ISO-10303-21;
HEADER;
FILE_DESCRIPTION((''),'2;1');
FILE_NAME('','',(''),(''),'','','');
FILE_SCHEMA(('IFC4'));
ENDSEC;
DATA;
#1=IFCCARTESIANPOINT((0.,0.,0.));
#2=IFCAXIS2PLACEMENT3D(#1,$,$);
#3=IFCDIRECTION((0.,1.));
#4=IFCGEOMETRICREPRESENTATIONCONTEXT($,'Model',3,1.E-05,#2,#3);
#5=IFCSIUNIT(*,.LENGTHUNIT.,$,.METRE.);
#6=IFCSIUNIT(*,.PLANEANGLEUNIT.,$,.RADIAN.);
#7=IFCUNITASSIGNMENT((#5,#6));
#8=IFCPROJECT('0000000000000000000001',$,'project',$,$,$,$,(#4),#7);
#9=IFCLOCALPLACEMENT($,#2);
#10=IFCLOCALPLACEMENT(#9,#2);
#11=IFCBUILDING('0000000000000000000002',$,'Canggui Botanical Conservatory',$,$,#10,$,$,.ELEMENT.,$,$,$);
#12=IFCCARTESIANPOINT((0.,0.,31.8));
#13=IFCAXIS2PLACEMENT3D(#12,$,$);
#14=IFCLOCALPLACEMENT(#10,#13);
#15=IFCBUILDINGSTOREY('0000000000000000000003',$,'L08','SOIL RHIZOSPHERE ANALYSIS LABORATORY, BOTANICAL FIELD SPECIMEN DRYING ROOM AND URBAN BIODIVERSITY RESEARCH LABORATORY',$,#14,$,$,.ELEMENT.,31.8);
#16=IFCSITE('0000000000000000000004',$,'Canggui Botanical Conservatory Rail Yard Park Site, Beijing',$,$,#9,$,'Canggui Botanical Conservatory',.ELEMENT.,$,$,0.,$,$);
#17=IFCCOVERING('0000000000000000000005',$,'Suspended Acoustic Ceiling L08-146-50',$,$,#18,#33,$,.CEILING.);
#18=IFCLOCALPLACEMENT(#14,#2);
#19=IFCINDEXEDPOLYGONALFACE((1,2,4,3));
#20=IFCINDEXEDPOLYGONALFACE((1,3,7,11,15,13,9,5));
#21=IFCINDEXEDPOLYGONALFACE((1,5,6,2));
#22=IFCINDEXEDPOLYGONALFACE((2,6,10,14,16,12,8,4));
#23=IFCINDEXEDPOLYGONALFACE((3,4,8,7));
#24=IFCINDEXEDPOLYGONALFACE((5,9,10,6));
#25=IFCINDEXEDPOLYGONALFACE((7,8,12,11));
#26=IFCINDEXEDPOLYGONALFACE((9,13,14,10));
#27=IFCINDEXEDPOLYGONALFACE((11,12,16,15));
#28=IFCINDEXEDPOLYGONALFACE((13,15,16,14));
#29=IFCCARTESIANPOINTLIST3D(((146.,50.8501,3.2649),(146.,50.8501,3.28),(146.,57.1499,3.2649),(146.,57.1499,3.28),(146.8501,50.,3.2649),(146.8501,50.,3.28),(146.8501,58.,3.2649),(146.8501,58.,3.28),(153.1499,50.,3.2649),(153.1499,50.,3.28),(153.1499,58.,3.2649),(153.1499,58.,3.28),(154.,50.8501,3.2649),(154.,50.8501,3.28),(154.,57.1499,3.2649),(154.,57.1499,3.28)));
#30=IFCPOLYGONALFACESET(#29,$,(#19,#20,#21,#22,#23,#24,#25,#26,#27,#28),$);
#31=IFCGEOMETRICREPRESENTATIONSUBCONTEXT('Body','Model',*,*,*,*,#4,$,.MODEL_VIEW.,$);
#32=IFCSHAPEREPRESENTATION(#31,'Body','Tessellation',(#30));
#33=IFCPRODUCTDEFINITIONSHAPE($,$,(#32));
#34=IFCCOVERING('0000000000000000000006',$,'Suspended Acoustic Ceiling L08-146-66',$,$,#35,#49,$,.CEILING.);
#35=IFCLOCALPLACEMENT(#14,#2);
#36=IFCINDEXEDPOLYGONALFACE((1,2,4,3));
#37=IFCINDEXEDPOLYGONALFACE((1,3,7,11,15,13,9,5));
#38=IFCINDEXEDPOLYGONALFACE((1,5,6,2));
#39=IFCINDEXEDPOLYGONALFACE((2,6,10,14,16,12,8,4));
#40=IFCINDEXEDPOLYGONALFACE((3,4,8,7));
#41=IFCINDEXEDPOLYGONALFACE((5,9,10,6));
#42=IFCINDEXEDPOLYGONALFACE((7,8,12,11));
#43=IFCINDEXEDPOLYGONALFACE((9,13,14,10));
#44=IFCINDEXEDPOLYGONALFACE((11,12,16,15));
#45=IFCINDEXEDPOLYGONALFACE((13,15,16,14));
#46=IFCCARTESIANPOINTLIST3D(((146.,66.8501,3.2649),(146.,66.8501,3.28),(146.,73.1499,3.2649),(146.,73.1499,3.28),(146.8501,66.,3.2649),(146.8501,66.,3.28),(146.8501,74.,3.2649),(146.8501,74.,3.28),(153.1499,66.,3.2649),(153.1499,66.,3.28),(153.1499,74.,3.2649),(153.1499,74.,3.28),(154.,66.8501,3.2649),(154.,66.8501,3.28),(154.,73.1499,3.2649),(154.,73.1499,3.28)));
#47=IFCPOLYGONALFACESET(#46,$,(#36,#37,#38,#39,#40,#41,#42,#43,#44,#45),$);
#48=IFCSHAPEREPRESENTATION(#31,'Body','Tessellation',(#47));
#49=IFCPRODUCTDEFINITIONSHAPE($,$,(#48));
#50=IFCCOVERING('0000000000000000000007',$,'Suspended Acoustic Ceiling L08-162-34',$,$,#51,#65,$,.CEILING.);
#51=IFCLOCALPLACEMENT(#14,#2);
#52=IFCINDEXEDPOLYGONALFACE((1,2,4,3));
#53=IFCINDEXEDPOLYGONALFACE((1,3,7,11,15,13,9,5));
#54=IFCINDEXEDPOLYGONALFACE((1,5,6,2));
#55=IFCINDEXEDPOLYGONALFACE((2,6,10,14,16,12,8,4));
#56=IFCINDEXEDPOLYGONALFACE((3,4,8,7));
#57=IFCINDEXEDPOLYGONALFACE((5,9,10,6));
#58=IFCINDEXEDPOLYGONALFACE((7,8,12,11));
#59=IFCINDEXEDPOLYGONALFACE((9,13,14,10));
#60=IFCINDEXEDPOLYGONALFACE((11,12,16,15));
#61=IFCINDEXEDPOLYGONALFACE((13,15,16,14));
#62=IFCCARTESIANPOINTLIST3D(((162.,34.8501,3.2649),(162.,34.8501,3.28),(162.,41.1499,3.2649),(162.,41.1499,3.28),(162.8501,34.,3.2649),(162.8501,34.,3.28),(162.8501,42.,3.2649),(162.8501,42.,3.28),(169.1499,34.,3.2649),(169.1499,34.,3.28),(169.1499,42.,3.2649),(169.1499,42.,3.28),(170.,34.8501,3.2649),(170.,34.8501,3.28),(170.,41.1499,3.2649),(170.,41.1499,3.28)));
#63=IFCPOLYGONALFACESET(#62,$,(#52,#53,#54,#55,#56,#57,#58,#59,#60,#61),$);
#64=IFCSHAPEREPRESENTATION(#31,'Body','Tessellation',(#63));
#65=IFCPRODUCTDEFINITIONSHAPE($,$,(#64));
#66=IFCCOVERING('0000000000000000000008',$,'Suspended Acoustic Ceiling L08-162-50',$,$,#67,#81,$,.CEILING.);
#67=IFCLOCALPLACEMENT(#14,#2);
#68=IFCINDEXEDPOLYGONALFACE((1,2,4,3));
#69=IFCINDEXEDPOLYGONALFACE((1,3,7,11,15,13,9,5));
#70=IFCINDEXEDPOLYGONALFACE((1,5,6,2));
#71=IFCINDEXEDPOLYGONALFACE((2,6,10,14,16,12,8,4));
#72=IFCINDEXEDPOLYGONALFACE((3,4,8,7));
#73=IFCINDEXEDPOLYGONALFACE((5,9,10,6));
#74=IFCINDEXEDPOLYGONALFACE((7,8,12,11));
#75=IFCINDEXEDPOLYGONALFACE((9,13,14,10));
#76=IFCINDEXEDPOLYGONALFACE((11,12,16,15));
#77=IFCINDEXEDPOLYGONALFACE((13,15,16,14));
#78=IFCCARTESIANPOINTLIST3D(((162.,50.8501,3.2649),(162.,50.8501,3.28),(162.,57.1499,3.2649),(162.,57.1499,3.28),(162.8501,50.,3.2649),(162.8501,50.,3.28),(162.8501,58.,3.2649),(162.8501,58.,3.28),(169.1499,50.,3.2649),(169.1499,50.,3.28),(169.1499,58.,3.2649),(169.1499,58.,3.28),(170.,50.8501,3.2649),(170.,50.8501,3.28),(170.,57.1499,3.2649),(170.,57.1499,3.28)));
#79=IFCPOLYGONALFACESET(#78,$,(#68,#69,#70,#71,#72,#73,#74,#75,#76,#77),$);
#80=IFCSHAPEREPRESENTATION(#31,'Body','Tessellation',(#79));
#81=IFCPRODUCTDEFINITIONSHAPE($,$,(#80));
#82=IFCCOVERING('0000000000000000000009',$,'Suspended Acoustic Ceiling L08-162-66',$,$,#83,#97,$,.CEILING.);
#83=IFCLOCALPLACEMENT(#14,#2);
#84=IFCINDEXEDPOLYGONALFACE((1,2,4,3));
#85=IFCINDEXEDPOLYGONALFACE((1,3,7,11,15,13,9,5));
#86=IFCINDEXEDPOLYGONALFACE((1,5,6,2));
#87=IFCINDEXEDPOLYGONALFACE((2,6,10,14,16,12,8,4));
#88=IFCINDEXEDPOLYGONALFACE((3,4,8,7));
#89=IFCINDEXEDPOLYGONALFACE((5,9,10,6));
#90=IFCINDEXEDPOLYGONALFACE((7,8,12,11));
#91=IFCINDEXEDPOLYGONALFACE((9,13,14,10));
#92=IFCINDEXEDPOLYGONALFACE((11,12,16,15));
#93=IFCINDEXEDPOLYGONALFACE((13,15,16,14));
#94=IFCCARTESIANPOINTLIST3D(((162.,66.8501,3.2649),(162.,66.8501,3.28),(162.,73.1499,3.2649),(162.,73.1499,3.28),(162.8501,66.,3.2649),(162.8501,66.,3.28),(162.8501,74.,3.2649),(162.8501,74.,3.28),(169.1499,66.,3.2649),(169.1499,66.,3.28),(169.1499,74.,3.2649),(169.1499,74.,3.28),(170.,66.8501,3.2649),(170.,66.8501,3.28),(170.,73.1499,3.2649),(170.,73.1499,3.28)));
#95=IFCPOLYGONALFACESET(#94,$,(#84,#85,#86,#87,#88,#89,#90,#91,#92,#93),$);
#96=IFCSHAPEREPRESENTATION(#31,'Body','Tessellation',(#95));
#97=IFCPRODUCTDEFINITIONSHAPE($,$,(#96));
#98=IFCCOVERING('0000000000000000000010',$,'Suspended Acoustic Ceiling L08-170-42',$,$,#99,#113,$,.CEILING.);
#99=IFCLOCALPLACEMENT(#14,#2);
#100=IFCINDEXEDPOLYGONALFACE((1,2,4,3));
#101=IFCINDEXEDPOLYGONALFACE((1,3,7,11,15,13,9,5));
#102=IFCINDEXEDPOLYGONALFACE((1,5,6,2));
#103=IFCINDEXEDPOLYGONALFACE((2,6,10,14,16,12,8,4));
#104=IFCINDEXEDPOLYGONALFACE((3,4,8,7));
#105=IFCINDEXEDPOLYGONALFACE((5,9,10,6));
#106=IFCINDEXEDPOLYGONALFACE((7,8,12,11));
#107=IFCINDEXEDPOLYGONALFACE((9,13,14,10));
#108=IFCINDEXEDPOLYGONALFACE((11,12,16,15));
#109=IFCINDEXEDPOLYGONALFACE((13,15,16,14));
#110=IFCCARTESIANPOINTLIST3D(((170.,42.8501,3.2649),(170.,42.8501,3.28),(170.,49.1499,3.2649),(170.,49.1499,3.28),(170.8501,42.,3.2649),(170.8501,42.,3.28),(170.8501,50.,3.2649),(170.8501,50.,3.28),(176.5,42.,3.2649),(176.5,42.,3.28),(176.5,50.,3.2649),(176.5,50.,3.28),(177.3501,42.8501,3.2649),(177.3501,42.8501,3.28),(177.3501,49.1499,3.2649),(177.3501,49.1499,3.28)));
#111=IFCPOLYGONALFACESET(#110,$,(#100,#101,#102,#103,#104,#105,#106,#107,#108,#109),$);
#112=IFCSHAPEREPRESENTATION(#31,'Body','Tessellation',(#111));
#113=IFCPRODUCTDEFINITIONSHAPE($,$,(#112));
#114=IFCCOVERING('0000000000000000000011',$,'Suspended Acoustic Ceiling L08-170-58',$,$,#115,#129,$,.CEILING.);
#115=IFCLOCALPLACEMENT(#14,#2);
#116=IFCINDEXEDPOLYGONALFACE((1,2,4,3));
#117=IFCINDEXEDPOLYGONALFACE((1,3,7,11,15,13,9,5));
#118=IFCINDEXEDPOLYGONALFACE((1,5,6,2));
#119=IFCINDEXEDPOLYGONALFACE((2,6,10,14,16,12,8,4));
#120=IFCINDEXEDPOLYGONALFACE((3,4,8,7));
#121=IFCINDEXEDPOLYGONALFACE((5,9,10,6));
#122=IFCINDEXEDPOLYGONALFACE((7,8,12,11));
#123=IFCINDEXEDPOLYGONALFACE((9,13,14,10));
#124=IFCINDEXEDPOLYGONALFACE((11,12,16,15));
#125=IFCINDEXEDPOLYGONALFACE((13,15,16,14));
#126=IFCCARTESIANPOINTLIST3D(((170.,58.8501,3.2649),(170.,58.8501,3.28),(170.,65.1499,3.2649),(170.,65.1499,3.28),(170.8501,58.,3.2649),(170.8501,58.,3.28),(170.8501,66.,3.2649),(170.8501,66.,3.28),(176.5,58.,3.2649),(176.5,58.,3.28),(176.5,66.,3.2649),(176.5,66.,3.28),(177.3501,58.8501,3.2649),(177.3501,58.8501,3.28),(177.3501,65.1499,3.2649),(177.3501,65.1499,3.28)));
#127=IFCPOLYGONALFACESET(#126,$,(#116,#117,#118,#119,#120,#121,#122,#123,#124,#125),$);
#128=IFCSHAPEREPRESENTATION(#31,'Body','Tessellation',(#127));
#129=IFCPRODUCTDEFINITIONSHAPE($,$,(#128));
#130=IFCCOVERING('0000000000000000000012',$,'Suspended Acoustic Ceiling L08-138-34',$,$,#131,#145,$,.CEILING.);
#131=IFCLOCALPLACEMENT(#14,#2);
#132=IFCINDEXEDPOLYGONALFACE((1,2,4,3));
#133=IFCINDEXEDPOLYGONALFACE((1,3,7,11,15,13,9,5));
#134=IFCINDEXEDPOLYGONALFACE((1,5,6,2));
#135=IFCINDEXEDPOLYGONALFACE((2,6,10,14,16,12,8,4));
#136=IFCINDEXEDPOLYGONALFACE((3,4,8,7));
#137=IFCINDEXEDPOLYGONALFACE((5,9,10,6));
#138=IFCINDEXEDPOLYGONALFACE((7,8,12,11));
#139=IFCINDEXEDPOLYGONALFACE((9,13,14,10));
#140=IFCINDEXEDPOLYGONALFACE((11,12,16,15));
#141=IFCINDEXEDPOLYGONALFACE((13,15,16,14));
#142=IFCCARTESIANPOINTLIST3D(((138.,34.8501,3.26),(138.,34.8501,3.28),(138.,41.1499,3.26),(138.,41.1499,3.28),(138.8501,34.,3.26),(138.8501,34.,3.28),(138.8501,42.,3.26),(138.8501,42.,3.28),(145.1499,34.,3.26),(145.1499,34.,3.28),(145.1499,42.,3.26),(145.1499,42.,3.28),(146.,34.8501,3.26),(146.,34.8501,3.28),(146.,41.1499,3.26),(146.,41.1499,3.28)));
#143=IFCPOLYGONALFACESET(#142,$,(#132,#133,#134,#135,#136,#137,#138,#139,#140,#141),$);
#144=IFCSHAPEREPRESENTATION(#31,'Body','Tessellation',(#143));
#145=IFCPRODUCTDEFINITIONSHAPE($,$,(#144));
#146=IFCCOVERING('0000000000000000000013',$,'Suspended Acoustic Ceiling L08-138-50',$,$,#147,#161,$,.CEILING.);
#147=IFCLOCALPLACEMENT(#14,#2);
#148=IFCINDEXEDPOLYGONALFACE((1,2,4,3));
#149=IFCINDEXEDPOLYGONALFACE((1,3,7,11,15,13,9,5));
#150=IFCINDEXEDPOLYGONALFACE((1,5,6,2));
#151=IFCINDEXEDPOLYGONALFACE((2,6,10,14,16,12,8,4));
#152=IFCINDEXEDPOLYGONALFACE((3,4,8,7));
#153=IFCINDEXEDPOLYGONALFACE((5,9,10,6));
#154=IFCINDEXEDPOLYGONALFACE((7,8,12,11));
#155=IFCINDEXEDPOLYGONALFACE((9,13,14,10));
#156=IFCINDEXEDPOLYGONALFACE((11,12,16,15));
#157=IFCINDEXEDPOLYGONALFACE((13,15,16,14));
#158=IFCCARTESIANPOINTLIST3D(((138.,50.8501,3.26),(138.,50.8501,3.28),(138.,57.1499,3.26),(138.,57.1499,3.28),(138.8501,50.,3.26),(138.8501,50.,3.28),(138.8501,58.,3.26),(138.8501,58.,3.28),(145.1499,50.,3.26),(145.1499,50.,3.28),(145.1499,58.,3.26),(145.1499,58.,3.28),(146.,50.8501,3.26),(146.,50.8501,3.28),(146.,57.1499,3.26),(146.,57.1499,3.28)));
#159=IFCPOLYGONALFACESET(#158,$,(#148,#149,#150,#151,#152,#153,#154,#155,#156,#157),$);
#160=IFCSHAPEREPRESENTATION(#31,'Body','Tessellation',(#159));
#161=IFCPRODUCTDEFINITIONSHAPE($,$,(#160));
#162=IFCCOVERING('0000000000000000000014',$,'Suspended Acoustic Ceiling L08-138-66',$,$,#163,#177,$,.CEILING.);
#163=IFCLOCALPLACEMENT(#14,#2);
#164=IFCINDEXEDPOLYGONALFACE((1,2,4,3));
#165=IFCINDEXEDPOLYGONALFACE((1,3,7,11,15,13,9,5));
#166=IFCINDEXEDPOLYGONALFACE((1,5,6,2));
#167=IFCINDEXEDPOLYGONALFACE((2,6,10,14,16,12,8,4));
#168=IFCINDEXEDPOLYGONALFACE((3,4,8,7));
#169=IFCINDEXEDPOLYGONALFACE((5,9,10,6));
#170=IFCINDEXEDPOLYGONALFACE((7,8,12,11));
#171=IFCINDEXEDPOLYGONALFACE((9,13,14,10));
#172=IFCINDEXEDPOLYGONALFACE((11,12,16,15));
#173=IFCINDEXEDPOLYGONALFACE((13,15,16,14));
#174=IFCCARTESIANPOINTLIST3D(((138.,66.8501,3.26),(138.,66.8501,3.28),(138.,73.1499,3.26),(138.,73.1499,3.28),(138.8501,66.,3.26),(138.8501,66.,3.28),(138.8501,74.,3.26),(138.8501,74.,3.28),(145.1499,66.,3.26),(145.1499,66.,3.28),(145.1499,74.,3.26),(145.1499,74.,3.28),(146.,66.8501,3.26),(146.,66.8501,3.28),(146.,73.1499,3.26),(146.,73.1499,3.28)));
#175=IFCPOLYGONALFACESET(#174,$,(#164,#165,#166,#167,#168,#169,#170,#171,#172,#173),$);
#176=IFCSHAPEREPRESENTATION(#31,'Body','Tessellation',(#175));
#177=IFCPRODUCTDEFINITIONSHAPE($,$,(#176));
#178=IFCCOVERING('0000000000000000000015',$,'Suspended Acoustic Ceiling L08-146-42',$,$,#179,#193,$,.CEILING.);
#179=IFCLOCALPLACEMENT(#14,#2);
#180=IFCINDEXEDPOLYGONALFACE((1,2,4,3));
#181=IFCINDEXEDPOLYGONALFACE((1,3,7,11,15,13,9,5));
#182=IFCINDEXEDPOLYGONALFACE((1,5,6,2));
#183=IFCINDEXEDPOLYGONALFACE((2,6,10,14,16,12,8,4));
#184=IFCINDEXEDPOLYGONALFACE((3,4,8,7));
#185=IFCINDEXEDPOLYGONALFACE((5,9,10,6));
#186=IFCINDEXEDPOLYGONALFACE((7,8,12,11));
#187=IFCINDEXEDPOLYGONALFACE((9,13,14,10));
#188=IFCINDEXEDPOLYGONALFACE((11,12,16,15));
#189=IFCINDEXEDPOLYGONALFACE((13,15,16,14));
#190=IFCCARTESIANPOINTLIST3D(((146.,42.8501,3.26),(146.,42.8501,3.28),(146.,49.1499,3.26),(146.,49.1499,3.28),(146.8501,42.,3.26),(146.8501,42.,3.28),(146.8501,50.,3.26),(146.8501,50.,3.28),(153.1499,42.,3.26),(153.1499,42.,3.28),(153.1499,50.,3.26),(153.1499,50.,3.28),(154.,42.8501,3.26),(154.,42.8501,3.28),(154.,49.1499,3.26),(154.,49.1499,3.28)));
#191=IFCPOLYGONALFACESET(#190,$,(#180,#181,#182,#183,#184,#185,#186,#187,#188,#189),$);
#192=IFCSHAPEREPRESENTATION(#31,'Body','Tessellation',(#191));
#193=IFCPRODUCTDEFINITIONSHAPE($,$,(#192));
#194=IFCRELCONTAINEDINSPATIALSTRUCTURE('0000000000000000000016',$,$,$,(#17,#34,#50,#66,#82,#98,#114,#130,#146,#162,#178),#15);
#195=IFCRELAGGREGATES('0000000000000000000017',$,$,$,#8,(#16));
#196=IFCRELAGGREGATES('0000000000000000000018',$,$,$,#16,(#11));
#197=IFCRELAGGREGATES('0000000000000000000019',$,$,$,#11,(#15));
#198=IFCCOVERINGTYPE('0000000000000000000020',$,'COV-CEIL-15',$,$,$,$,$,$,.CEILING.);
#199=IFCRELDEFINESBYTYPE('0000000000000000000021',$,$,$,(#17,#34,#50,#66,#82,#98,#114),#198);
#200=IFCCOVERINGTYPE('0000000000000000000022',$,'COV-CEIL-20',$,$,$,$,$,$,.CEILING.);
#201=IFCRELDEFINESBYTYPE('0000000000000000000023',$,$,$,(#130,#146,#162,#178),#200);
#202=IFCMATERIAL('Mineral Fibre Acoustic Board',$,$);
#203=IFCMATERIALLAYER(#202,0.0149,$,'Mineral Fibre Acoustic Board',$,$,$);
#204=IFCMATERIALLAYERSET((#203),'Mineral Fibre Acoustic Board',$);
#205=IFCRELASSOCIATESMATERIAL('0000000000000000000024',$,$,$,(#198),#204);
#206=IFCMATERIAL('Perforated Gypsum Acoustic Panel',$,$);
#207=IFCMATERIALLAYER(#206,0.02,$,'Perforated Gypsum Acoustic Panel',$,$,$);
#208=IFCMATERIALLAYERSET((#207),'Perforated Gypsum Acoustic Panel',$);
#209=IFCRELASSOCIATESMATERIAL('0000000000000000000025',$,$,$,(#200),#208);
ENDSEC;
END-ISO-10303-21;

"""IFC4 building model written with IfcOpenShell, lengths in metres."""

from ifc_helpers import new_model, si_unit, direction, frame, origin, place, context, subcontext, project, spatial, polyline, outline, extrude, material, layer, layer_set, type_object, element, save


model = new_model("IFC4")

# Units and contexts
model_context = context("Model", 3, precision=1e-05, world=origin(), true_north=direction((0.0, 1.0)))
body_context = subcontext(model_context, "Body", "Model", "MODEL_VIEW")
ifc_project = project(units=[si_unit("LENGTHUNIT", "METRE"), si_unit("PLANEANGLEUNIT", "RADIAN")], contexts=[model_context])

# Site, building, storey
site_placement = place(None, origin())
site = spatial("IfcSite", under=ifc_project, at=site_placement, Name="Canggui Botanical Conservatory Rail Yard Park Site, Beijing", LongName="Canggui Botanical Conservatory", CompositionType="ELEMENT", RefElevation=0.0)
building_placement = place(site_placement, origin())
building = spatial("IfcBuilding", under=site, at=building_placement, Name="Canggui Botanical Conservatory", CompositionType="ELEMENT")
storey_placement = place(building_placement, frame((0.0, 0.0, 31.8)))
storey = spatial("IfcBuildingStorey", under=building, at=storey_placement, Name="L08", Description="SOIL RHIZOSPHERE ANALYSIS LABORATORY, BOTANICAL FIELD SPECIMEN DRYING ROOM AND URBAN BIODIVERSITY RESEARCH LABORATORY", CompositionType="ELEMENT", Elevation=31.8)

# Coverings
ifc_material_1 = material(Name="Mineral Fibre Acoustic Board")
ifc_layer_1 = layer(ifc_material_1, 0.0149, Name="Mineral Fibre Acoustic Board")
ifc_layer_set_1 = layer_set([ifc_layer_1], Name="Mineral Fibre Acoustic Board")
covering_type_1 = type_object("IfcCoveringType", Name="COV-CEIL-15", PredefinedType="CEILING", material=ifc_layer_set_1)
covering_1_placement = place(storey_placement, frame((0.0, 0.0, 3.2649)))
element("IfcCovering", 1, at=covering_1_placement, inside=storey, type_object=covering_type_1, Name="Suspended Acoustic Ceiling L08-146-50", PredefinedType="CEILING", context=body_context, shape_type="SweptSolid", body=[
    extrude(outline(polyline([(146.8501, 50.0), (153.1499, 50.0), (154.0, 50.8501), (154.0, 57.1499), (153.1499, 58.0), (146.8501, 58.0), (146.0, 57.1499), (146.0, 50.8501), (146.8501, 50.0)])), origin(), (0.0, 0.0, 1.0), 0.0151),
])
covering_2_placement = place(storey_placement, frame((0.0, 0.0, 3.2649)))
element("IfcCovering", 2, at=covering_2_placement, inside=storey, type_object=covering_type_1, Name="Suspended Acoustic Ceiling L08-146-66", PredefinedType="CEILING", context=body_context, shape_type="SweptSolid", body=[
    extrude(outline(polyline([(146.8501, 66.0), (153.1499, 66.0), (154.0, 66.8501), (154.0, 73.1499), (153.1499, 74.0), (146.8501, 74.0), (146.0, 73.1499), (146.0, 66.8501), (146.8501, 66.0)])), origin(), (0.0, 0.0, 1.0), 0.0151),
])
covering_3_placement = place(storey_placement, frame((0.0, 0.0, 3.2649)))
element("IfcCovering", 3, at=covering_3_placement, inside=storey, type_object=covering_type_1, Name="Suspended Acoustic Ceiling L08-162-34", PredefinedType="CEILING", context=body_context, shape_type="SweptSolid", body=[
    extrude(outline(polyline([(162.8501, 34.0), (169.1499, 34.0), (170.0, 34.8501), (170.0, 41.1499), (169.1499, 42.0), (162.8501, 42.0), (162.0, 41.1499), (162.0, 34.8501), (162.8501, 34.0)])), origin(), (0.0, 0.0, 1.0), 0.0151),
])
covering_4_placement = place(storey_placement, frame((0.0, 0.0, 3.2649)))
element("IfcCovering", 4, at=covering_4_placement, inside=storey, type_object=covering_type_1, Name="Suspended Acoustic Ceiling L08-162-50", PredefinedType="CEILING", context=body_context, shape_type="SweptSolid", body=[
    extrude(outline(polyline([(162.8501, 50.0), (169.1499, 50.0), (170.0, 50.8501), (170.0, 57.1499), (169.1499, 58.0), (162.8501, 58.0), (162.0, 57.1499), (162.0, 50.8501), (162.8501, 50.0)])), origin(), (0.0, 0.0, 1.0), 0.0151),
])
covering_5_placement = place(storey_placement, frame((0.0, 0.0, 3.2649)))
element("IfcCovering", 5, at=covering_5_placement, inside=storey, type_object=covering_type_1, Name="Suspended Acoustic Ceiling L08-162-66", PredefinedType="CEILING", context=body_context, shape_type="SweptSolid", body=[
    extrude(outline(polyline([(162.8501, 66.0), (169.1499, 66.0), (170.0, 66.8501), (170.0, 73.1499), (169.1499, 74.0), (162.8501, 74.0), (162.0, 73.1499), (162.0, 66.8501), (162.8501, 66.0)])), origin(), (0.0, 0.0, 1.0), 0.0151),
])
covering_6_placement = place(storey_placement, frame((0.0, 0.0, 3.2649)))
element("IfcCovering", 6, at=covering_6_placement, inside=storey, type_object=covering_type_1, Name="Suspended Acoustic Ceiling L08-170-42", PredefinedType="CEILING", context=body_context, shape_type="SweptSolid", body=[
    extrude(outline(polyline([(170.8501, 42.0), (176.5, 42.0), (177.3501, 42.8501), (177.3501, 49.1499), (176.5, 50.0), (170.8501, 50.0), (170.0, 49.1499), (170.0, 42.8501), (170.8501, 42.0)])), origin(), (0.0, 0.0, 1.0), 0.0151),
])
covering_7_placement = place(storey_placement, frame((0.0, 0.0, 3.2649)))
element("IfcCovering", 7, at=covering_7_placement, inside=storey, type_object=covering_type_1, Name="Suspended Acoustic Ceiling L08-170-58", PredefinedType="CEILING", context=body_context, shape_type="SweptSolid", body=[
    extrude(outline(polyline([(170.8501, 58.0), (176.5, 58.0), (177.3501, 58.8501), (177.3501, 65.1499), (176.5, 66.0), (170.8501, 66.0), (170.0, 65.1499), (170.0, 58.8501), (170.8501, 58.0)])), origin(), (0.0, 0.0, 1.0), 0.0151),
])
ifc_material_2 = material(Name="Perforated Gypsum Acoustic Panel")
ifc_layer_2 = layer(ifc_material_2, 0.02, Name="Perforated Gypsum Acoustic Panel")
ifc_layer_set_2 = layer_set([ifc_layer_2], Name="Perforated Gypsum Acoustic Panel")
covering_type_2 = type_object("IfcCoveringType", Name="COV-CEIL-20", PredefinedType="CEILING", material=ifc_layer_set_2)
covering_8_placement = place(storey_placement, frame((0.0, 0.0, 3.26)))
element("IfcCovering", 8, at=covering_8_placement, inside=storey, type_object=covering_type_2, Name="Suspended Acoustic Ceiling L08-138-34", PredefinedType="CEILING", context=body_context, shape_type="SweptSolid", body=[
    extrude(outline(polyline([(138.8501, 34.0), (145.1499, 34.0), (146.0, 34.8501), (146.0, 41.1499), (145.1499, 42.0), (138.8501, 42.0), (138.0, 41.1499), (138.0, 34.8501), (138.8501, 34.0)])), origin(), (0.0, 0.0, 1.0), 0.02),
])
covering_9_placement = place(storey_placement, frame((0.0, 0.0, 3.26)))
element("IfcCovering", 9, at=covering_9_placement, inside=storey, type_object=covering_type_2, Name="Suspended Acoustic Ceiling L08-138-50", PredefinedType="CEILING", context=body_context, shape_type="SweptSolid", body=[
    extrude(outline(polyline([(138.8501, 50.0), (145.1499, 50.0), (146.0, 50.8501), (146.0, 57.1499), (145.1499, 58.0), (138.8501, 58.0), (138.0, 57.1499), (138.0, 50.8501), (138.8501, 50.0)])), origin(), (0.0, 0.0, 1.0), 0.02),
])
covering_10_placement = place(storey_placement, frame((0.0, 0.0, 3.26)))
element("IfcCovering", 10, at=covering_10_placement, inside=storey, type_object=covering_type_2, Name="Suspended Acoustic Ceiling L08-138-66", PredefinedType="CEILING", context=body_context, shape_type="SweptSolid", body=[
    extrude(outline(polyline([(138.8501, 66.0), (145.1499, 66.0), (146.0, 66.8501), (146.0, 73.1499), (145.1499, 74.0), (138.8501, 74.0), (138.0, 73.1499), (138.0, 66.8501), (138.8501, 66.0)])), origin(), (0.0, 0.0, 1.0), 0.02),
])
covering_11_placement = place(storey_placement, frame((0.0, 0.0, 3.26)))
element("IfcCovering", 11, at=covering_11_placement, inside=storey, type_object=covering_type_2, Name="Suspended Acoustic Ceiling L08-146-42", PredefinedType="CEILING", context=body_context, shape_type="SweptSolid", body=[
    extrude(outline(polyline([(146.8501, 42.0), (153.1499, 42.0), (154.0, 42.8501), (154.0, 49.1499), (153.1499, 50.0), (146.8501, 50.0), (146.0, 49.1499), (146.0, 42.8501), (146.8501, 42.0)])), origin(), (0.0, 0.0, 1.0), 0.02),
])

save(model, "model.ifc")
